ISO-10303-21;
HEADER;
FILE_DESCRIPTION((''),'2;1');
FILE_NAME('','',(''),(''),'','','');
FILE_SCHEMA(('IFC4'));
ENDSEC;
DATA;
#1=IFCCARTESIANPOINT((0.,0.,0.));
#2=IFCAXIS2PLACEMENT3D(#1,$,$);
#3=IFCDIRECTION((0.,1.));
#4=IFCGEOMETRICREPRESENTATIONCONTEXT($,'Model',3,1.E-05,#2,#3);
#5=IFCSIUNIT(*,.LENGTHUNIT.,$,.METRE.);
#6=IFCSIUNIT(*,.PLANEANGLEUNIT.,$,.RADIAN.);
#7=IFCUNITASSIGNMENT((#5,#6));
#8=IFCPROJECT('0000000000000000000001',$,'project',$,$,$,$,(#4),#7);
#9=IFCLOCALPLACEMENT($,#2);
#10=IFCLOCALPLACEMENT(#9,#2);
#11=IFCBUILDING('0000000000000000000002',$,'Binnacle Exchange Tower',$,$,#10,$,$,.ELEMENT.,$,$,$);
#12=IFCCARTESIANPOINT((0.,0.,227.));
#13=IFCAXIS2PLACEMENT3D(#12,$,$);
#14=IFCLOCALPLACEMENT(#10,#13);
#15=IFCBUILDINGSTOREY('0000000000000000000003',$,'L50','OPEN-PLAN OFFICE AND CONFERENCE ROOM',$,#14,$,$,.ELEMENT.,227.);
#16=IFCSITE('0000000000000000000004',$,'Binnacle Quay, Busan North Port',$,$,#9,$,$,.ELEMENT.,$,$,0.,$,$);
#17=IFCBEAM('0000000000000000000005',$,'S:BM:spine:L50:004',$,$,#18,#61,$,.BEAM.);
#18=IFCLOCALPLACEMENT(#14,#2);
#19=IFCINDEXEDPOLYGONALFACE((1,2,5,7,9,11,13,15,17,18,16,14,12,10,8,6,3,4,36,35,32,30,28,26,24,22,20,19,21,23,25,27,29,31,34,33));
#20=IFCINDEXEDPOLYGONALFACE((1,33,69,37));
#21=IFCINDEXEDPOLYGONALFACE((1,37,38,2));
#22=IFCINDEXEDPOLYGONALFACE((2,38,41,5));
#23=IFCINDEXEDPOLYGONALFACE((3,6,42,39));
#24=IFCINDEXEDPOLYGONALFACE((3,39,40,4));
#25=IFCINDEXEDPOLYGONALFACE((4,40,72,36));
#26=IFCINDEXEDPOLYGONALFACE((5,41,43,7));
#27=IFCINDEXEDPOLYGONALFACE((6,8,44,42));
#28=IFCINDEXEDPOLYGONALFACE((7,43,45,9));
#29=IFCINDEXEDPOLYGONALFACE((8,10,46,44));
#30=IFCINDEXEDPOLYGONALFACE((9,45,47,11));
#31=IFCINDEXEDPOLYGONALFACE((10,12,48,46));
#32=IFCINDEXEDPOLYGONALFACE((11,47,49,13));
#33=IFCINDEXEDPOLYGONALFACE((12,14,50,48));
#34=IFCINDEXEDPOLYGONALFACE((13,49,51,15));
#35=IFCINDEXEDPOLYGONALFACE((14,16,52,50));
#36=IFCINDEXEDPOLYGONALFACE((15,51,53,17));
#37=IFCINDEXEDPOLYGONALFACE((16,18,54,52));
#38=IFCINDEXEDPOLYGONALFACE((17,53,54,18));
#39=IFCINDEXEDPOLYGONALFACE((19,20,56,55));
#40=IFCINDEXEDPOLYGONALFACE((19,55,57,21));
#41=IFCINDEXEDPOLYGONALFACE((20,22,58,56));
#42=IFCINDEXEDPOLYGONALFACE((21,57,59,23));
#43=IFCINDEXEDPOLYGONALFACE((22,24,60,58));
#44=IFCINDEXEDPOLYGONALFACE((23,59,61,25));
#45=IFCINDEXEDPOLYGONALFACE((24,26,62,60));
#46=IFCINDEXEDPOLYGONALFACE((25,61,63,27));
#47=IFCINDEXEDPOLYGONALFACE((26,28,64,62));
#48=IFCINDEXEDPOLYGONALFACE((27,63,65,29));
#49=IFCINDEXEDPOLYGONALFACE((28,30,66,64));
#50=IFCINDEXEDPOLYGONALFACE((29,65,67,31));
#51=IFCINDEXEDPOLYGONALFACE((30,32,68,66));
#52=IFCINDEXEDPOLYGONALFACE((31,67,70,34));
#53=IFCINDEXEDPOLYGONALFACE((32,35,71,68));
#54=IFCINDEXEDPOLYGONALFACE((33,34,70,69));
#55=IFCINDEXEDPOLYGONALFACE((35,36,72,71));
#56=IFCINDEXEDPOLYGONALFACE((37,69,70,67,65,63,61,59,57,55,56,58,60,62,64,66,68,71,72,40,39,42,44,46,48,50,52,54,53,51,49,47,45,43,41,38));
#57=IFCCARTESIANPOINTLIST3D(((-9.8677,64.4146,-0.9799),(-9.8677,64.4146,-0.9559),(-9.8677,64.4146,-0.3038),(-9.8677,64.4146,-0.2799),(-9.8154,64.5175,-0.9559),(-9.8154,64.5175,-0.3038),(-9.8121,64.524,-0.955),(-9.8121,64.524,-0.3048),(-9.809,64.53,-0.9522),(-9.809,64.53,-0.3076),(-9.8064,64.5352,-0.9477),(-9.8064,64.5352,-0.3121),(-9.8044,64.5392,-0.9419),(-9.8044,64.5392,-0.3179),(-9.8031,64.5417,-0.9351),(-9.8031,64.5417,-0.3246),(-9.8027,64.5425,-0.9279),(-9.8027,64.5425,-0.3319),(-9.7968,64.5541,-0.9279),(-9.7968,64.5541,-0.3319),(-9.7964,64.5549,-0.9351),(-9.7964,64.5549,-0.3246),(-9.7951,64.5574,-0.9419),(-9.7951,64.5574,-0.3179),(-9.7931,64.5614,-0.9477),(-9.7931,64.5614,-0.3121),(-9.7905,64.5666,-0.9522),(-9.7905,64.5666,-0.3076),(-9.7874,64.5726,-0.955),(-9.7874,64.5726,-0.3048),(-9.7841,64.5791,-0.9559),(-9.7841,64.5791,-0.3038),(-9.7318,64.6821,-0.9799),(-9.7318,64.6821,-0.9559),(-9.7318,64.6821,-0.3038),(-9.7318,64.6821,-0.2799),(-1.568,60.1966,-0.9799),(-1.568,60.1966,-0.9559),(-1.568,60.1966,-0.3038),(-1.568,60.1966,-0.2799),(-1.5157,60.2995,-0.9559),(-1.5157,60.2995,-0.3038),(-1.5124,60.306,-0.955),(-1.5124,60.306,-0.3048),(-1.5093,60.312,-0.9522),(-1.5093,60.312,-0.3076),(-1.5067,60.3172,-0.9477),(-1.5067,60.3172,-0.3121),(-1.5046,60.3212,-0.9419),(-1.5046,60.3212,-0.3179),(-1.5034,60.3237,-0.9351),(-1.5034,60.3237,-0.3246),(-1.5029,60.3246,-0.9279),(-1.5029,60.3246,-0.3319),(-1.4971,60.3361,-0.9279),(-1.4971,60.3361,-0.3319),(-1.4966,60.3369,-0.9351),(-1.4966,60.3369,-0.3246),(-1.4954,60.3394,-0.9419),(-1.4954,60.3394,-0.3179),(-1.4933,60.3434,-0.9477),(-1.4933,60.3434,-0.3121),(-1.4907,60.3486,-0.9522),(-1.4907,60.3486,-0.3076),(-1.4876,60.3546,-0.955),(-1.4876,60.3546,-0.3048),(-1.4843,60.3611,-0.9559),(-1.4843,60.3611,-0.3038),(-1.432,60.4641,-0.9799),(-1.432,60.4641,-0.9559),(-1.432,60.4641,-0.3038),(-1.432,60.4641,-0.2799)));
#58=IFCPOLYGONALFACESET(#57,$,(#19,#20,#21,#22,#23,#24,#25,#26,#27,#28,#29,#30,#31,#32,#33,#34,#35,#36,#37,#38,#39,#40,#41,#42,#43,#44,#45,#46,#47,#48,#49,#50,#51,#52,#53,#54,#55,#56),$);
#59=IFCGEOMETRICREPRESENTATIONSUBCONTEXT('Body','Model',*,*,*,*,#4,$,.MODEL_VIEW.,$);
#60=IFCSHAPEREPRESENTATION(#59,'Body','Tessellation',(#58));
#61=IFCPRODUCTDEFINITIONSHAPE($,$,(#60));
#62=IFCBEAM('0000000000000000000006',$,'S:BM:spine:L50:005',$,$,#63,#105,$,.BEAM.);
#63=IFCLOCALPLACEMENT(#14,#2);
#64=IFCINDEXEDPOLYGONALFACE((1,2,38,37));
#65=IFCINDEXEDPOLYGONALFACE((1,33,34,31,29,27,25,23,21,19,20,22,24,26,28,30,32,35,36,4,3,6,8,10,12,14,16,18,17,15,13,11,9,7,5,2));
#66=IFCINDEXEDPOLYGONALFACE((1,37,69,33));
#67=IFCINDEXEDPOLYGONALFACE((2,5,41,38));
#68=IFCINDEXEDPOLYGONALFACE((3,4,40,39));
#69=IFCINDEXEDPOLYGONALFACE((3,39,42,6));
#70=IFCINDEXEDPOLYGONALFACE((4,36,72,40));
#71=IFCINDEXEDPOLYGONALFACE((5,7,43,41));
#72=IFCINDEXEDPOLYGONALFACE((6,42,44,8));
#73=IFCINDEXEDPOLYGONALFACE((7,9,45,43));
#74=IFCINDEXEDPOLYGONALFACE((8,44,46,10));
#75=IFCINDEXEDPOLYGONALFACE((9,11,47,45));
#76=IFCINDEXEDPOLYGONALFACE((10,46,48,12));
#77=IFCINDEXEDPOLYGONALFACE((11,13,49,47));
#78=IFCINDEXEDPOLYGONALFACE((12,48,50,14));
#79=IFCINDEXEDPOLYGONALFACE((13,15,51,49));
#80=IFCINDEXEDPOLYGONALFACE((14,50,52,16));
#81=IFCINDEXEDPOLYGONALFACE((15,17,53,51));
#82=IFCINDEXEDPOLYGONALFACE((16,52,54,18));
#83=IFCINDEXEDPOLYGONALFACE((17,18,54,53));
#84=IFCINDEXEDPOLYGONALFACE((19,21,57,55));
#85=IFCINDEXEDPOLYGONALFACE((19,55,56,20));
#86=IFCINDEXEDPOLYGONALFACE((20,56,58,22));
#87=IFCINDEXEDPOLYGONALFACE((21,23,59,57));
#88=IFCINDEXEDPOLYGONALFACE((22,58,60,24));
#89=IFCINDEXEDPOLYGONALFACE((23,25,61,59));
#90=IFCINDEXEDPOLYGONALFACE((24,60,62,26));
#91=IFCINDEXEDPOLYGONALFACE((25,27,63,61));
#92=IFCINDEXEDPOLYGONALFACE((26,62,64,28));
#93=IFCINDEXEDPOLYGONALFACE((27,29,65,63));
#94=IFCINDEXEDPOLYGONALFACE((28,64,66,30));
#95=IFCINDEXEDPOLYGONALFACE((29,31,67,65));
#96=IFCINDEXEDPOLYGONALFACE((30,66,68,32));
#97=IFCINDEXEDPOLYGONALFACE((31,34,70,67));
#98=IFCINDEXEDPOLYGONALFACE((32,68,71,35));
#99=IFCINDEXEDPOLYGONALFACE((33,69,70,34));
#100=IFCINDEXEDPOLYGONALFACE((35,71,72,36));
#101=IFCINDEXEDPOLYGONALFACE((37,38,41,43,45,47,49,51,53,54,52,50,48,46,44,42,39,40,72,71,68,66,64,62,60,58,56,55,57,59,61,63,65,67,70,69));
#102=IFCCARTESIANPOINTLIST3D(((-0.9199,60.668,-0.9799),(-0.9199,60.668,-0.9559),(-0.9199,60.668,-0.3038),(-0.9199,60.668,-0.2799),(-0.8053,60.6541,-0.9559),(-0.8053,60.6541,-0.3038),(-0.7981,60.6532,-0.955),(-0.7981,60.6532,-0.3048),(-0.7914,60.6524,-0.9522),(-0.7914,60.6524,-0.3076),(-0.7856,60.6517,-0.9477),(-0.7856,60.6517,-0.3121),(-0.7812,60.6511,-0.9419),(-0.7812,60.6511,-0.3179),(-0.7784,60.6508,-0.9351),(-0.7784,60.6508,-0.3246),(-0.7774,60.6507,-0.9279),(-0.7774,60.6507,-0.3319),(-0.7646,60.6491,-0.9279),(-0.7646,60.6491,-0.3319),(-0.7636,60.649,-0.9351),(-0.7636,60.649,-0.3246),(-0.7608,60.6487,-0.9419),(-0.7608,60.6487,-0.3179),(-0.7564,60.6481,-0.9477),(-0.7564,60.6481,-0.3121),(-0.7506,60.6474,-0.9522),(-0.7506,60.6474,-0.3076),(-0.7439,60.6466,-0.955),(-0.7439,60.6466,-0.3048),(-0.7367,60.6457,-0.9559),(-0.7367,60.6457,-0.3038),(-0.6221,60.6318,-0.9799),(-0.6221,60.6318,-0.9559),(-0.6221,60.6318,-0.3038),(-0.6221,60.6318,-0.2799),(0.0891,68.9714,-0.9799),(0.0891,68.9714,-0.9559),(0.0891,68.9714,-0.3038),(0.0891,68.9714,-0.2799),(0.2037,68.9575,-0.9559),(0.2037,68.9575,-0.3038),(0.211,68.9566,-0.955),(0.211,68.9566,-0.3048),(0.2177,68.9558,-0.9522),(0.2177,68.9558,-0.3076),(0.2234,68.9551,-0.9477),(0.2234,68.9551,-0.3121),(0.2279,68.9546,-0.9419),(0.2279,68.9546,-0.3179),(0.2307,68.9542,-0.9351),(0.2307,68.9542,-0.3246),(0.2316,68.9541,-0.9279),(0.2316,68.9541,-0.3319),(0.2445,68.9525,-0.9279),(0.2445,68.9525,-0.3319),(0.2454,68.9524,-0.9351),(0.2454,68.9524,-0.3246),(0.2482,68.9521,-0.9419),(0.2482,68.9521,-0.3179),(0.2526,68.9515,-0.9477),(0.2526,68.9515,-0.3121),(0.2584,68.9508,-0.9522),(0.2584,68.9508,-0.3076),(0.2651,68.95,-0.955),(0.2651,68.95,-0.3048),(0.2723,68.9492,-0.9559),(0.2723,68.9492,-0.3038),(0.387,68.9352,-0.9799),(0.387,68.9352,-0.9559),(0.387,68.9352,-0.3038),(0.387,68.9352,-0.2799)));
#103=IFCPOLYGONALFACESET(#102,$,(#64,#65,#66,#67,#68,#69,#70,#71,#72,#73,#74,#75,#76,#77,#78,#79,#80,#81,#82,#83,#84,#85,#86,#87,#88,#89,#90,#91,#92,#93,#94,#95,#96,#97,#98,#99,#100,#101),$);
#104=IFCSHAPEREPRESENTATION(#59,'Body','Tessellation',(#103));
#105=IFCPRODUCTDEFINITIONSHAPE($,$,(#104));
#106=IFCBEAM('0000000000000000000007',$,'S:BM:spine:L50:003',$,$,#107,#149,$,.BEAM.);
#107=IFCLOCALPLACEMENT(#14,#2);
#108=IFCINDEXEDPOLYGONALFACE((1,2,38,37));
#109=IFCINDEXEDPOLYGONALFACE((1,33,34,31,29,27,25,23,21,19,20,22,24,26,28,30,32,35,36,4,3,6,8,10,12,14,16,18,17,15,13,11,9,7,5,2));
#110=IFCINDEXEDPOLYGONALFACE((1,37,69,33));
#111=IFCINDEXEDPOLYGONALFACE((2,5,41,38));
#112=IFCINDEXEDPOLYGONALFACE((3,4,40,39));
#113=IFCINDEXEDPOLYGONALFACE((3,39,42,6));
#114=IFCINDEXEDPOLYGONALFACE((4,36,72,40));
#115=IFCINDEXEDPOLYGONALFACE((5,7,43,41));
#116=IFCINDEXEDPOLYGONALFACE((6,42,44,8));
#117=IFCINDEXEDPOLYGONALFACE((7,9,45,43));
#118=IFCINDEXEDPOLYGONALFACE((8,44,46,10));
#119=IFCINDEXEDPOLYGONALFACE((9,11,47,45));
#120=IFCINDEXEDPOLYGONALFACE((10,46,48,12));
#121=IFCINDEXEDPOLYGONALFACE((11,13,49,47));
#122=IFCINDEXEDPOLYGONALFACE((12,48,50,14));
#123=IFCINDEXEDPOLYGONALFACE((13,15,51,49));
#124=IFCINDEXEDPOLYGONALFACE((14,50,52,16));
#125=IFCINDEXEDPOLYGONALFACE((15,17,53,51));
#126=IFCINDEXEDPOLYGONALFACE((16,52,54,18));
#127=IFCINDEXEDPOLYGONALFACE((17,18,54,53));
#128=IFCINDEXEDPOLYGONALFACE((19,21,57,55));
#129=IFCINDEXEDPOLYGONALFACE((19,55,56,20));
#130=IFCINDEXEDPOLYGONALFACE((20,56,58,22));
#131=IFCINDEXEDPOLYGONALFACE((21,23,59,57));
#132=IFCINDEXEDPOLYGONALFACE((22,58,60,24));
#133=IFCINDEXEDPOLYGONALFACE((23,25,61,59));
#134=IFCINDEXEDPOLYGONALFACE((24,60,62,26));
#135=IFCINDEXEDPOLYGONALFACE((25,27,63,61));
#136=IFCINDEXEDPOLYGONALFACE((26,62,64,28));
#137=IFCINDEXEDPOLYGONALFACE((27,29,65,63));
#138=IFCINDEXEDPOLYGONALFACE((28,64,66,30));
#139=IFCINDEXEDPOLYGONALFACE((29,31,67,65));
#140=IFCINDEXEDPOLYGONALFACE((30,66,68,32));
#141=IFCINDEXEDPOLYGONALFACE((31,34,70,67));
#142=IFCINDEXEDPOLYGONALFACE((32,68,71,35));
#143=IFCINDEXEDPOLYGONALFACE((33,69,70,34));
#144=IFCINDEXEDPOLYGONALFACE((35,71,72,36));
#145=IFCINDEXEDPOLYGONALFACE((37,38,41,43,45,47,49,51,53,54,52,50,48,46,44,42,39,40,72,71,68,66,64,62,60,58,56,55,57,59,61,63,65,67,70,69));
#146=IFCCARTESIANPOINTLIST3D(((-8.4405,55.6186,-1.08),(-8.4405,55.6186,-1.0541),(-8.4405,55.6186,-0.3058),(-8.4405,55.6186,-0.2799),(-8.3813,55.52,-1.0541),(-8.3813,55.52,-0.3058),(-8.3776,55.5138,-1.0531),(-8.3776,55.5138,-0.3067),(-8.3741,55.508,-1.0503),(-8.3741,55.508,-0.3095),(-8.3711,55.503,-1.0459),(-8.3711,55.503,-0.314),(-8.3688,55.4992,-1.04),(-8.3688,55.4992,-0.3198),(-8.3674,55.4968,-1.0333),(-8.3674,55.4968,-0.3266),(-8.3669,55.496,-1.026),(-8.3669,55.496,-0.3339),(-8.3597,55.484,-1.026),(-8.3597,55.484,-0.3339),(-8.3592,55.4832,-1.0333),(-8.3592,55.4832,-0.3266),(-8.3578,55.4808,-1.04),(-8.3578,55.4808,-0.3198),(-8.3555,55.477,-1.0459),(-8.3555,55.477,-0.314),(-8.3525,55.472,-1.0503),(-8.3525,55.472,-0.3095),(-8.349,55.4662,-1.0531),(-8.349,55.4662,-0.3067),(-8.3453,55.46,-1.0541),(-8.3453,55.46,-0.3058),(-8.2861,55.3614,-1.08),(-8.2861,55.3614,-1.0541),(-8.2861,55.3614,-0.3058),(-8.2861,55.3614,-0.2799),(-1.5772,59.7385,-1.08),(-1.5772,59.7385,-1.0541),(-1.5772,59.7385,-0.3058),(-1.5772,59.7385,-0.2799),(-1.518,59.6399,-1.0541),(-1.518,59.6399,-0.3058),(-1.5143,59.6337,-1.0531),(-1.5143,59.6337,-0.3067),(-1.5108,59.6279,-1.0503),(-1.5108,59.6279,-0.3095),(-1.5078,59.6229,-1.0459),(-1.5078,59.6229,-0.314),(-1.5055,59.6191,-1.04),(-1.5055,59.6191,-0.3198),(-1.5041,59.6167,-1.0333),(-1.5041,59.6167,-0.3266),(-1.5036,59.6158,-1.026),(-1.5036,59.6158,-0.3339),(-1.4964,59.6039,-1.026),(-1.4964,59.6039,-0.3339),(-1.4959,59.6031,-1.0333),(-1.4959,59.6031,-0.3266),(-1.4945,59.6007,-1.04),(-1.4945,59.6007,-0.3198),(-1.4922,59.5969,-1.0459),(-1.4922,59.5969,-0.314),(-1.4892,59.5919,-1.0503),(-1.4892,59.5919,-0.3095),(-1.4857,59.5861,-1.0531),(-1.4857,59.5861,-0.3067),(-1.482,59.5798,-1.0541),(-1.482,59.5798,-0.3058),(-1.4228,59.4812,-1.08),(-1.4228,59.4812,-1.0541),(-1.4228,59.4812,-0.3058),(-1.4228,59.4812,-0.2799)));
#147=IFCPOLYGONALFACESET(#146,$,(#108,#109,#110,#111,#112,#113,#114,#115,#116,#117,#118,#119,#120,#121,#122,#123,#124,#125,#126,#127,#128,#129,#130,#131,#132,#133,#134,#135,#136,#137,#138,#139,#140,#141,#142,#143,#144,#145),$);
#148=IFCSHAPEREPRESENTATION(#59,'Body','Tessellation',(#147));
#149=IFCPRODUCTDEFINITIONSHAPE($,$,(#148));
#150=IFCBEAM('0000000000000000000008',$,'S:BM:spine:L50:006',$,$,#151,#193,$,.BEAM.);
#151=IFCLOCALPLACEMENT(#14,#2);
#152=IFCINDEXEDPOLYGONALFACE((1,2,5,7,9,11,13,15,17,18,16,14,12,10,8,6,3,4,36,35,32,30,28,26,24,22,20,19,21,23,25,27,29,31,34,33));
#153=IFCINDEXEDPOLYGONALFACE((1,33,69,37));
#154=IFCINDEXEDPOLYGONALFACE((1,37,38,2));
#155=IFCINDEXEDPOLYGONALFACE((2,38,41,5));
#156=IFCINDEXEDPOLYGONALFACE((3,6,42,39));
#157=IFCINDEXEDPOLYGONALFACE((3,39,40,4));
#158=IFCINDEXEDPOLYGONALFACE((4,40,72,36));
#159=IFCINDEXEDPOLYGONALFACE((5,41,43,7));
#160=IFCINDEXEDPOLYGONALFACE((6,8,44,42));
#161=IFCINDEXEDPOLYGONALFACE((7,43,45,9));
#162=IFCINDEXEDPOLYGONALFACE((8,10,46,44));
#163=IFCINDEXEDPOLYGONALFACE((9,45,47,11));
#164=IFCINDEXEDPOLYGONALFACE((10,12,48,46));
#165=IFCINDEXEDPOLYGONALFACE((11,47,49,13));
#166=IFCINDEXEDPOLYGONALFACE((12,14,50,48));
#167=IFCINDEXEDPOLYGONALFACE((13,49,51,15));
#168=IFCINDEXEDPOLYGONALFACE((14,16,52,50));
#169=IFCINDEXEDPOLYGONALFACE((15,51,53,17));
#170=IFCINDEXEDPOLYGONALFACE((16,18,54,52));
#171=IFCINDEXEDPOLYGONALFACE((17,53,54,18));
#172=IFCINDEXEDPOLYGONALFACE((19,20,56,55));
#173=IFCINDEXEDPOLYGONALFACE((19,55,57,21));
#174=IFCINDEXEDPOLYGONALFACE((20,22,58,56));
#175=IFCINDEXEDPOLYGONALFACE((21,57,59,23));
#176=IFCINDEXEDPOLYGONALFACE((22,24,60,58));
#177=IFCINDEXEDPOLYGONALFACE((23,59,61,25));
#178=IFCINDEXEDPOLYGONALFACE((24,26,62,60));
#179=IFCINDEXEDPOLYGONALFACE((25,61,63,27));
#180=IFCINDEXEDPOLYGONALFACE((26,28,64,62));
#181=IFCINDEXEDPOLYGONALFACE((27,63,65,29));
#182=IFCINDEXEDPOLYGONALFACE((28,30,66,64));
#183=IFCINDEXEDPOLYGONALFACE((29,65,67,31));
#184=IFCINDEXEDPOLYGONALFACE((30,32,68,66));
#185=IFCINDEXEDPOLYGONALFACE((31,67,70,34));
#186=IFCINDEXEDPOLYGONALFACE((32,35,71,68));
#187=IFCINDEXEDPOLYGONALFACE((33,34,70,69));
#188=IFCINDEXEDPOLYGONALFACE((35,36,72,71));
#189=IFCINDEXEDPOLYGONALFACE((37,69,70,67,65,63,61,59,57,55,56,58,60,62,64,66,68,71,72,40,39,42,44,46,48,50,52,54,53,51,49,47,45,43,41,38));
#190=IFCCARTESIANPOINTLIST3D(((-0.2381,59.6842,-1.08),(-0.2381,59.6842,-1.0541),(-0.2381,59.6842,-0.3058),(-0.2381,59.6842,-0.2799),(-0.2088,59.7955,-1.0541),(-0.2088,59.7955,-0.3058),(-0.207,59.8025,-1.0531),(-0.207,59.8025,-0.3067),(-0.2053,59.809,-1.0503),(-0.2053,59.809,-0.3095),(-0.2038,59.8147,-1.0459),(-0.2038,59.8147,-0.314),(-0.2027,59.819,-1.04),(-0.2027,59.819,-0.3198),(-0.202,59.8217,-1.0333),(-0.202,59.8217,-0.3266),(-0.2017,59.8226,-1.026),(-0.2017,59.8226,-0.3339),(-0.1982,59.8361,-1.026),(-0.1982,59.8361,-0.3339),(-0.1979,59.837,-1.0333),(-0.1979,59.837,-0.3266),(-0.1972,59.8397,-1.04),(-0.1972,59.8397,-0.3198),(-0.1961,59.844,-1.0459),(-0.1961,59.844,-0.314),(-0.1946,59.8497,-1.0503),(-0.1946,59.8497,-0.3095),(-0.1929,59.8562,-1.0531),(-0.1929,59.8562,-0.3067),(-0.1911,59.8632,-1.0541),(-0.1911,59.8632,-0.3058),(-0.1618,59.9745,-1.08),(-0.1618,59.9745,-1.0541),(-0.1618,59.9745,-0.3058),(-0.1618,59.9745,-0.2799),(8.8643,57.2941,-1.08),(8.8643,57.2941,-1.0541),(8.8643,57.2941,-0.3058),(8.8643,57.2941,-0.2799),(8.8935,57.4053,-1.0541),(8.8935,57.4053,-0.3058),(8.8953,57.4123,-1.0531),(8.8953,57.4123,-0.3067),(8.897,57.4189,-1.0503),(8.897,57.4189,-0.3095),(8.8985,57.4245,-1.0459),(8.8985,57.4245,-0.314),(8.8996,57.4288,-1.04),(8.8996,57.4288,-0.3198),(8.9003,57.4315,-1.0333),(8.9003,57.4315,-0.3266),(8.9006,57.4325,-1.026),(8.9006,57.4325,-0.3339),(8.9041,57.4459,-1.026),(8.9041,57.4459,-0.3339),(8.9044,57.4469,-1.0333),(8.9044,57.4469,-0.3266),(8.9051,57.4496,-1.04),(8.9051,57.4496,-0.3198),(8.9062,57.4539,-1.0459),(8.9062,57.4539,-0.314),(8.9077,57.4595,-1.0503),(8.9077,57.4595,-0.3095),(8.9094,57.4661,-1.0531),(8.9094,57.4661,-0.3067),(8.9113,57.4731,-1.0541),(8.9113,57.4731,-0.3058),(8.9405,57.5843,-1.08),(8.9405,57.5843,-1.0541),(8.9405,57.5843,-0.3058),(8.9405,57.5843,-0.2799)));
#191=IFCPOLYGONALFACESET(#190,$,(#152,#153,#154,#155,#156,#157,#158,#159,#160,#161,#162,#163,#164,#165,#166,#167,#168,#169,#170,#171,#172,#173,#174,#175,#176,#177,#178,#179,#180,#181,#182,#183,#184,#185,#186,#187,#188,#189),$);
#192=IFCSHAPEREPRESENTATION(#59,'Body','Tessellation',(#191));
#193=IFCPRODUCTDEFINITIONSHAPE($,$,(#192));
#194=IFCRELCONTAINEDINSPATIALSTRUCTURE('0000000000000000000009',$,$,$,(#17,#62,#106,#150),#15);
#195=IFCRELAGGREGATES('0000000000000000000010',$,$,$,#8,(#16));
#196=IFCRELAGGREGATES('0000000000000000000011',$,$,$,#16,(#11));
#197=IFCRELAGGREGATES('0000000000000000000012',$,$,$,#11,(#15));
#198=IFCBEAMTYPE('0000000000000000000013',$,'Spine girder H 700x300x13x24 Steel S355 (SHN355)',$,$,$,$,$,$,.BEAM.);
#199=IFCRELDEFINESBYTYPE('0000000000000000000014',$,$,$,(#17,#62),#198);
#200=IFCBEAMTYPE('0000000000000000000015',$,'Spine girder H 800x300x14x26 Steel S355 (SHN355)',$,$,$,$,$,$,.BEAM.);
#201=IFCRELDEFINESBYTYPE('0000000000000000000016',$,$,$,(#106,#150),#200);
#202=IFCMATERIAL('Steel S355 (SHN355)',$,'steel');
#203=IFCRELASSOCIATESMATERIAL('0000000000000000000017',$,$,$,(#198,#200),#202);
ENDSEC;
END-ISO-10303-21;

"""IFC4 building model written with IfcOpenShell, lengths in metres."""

from ifc_helpers import new_model, si_unit, direction, frame, origin, origin_2d, place, context, subcontext, project, spatial, i_section, extrude, material, material_profile, profile_set, type_object, element, save


model = new_model("IFC4")

# Units and contexts
model_context = context("Model", 3, precision=1e-05, world=origin(), true_north=direction((0.0, 1.0)))
body_context = subcontext(model_context, "Body", "Model", "MODEL_VIEW")
ifc_project = project(units=[si_unit("LENGTHUNIT", "METRE"), si_unit("PLANEANGLEUNIT", "RADIAN")], contexts=[model_context])

# Site, building, storey
site_placement = place(None, origin())
site = spatial("IfcSite", under=ifc_project, at=site_placement, Name="Binnacle Quay, Busan North Port", CompositionType="ELEMENT", RefElevation=0.0)
building_placement = place(site_placement, origin())
building = spatial("IfcBuilding", under=site, at=building_placement, Name="Binnacle Exchange Tower", CompositionType="ELEMENT")
storey_placement = place(building_placement, frame((0.0, 0.0, 227.0)))
storey = spatial("IfcBuildingStorey", under=building, at=storey_placement, Name="L50", Description="OPEN-PLAN OFFICE AND CONFERENCE ROOM", CompositionType="ELEMENT", Elevation=227.0)

# Beams
ifc_material_1 = material(Name="Steel S355 (SHN355)", Category="steel")
ifc_material_profile_1 = material_profile(ifc_material_1, i_section(OverallWidth=0.3, OverallDepth=0.7, WebThickness=0.0129, FlangeThickness=0.0239, FilletRadius=0.0281, at=origin_2d()), Name="H 700x300x13x24")
ifc_profile_set_1 = profile_set([ifc_material_profile_1], Name="Steel S355 (SHN355)")
beam_type_1 = type_object("IfcBeamType", Name="Spine girder H 700x300x13x24 Steel S355 (SHN355)", PredefinedType="BEAM", material=ifc_profile_set_1)
beam_1_placement = place(storey_placement, frame((-1.5, 60.3303, -0.6299), z_axis=(-0.891482, 0.453057, 0.0), x_axis=(-0.453057, -0.891482, 0.0)))
element("IfcBeam", 1, at=beam_1_placement, inside=storey, type_object=beam_type_1, Name="S:BM:spine:L50:004", PredefinedType="BEAM", context=body_context, shape_type="SweptSolid", body=[
    extrude(i_section(OverallWidth=0.3, OverallDepth=0.7, WebThickness=0.0129, FlangeThickness=0.0239, FilletRadius=0.0281, at=origin_2d()), origin(), (0.0, 0.0, 1.0), 9.3101),
])
beam_2_placement = place(storey_placement, frame((-0.771, 60.6499, -0.6299), z_axis=(0.120632, 0.992697, 0.0), x_axis=(-0.992697, 0.120632, 0.0)))
element("IfcBeam", 2, at=beam_2_placement, inside=storey, type_object=beam_type_1, Name="S:BM:spine:L50:005", PredefinedType="BEAM", context=body_context, shape_type="SweptSolid", body=[
    extrude(i_section(OverallWidth=0.3, OverallDepth=0.7, WebThickness=0.0129, FlangeThickness=0.0239, FilletRadius=0.0281, at=origin_2d()), origin(), (0.0, 0.0, 1.0), 8.3645),
])
ifc_material_profile_2 = material_profile(ifc_material_1, i_section(OverallWidth=0.3, OverallDepth=0.8, WebThickness=0.0139, FlangeThickness=0.0259, FilletRadius=0.0281, at=origin_2d()), Name="H 800x300x14x26")
ifc_profile_set_2 = profile_set([ifc_material_profile_2], Name="Steel S355 (SHN355)")
beam_type_2 = type_object("IfcBeamType", Name="Spine girder H 800x300x14x26 Steel S355 (SHN355)", PredefinedType="BEAM", material=ifc_profile_set_2)
beam_3_placement = place(storey_placement, frame((-8.3633, 55.49, -0.6799), z_axis=(0.857388, 0.514671, 0.0), x_axis=(-0.514671, 0.857388, 0.0)))
element("IfcBeam", 3, at=beam_3_placement, inside=storey, type_object=beam_type_2, Name="S:BM:spine:L50:003", PredefinedType="BEAM", context=body_context, shape_type="SweptSolid", body=[
    extrude(i_section(OverallWidth=0.3, OverallDepth=0.8, WebThickness=0.0139, FlangeThickness=0.0259, FilletRadius=0.0281, at=origin_2d()), origin(), (0.0, 0.0, 1.0), 8.0049),
])
beam_4_placement = place(storey_placement, frame((-0.2, 59.8293, -0.6799), z_axis=(0.96721, -0.253976, 0.0), x_axis=(0.253976, 0.96721, 0.0)))
element("IfcBeam", 4, at=beam_4_placement, inside=storey, type_object=beam_type_2, Name="S:BM:spine:L50:006", PredefinedType="BEAM", context=body_context, shape_type="SweptSolid", body=[
    extrude(i_section(OverallWidth=0.3, OverallDepth=0.8, WebThickness=0.0139, FlangeThickness=0.0259, FilletRadius=0.0281, at=origin_2d()), origin(), (0.0, 0.0, 1.0), 9.4109),
])

save(model, "model.ifc")
